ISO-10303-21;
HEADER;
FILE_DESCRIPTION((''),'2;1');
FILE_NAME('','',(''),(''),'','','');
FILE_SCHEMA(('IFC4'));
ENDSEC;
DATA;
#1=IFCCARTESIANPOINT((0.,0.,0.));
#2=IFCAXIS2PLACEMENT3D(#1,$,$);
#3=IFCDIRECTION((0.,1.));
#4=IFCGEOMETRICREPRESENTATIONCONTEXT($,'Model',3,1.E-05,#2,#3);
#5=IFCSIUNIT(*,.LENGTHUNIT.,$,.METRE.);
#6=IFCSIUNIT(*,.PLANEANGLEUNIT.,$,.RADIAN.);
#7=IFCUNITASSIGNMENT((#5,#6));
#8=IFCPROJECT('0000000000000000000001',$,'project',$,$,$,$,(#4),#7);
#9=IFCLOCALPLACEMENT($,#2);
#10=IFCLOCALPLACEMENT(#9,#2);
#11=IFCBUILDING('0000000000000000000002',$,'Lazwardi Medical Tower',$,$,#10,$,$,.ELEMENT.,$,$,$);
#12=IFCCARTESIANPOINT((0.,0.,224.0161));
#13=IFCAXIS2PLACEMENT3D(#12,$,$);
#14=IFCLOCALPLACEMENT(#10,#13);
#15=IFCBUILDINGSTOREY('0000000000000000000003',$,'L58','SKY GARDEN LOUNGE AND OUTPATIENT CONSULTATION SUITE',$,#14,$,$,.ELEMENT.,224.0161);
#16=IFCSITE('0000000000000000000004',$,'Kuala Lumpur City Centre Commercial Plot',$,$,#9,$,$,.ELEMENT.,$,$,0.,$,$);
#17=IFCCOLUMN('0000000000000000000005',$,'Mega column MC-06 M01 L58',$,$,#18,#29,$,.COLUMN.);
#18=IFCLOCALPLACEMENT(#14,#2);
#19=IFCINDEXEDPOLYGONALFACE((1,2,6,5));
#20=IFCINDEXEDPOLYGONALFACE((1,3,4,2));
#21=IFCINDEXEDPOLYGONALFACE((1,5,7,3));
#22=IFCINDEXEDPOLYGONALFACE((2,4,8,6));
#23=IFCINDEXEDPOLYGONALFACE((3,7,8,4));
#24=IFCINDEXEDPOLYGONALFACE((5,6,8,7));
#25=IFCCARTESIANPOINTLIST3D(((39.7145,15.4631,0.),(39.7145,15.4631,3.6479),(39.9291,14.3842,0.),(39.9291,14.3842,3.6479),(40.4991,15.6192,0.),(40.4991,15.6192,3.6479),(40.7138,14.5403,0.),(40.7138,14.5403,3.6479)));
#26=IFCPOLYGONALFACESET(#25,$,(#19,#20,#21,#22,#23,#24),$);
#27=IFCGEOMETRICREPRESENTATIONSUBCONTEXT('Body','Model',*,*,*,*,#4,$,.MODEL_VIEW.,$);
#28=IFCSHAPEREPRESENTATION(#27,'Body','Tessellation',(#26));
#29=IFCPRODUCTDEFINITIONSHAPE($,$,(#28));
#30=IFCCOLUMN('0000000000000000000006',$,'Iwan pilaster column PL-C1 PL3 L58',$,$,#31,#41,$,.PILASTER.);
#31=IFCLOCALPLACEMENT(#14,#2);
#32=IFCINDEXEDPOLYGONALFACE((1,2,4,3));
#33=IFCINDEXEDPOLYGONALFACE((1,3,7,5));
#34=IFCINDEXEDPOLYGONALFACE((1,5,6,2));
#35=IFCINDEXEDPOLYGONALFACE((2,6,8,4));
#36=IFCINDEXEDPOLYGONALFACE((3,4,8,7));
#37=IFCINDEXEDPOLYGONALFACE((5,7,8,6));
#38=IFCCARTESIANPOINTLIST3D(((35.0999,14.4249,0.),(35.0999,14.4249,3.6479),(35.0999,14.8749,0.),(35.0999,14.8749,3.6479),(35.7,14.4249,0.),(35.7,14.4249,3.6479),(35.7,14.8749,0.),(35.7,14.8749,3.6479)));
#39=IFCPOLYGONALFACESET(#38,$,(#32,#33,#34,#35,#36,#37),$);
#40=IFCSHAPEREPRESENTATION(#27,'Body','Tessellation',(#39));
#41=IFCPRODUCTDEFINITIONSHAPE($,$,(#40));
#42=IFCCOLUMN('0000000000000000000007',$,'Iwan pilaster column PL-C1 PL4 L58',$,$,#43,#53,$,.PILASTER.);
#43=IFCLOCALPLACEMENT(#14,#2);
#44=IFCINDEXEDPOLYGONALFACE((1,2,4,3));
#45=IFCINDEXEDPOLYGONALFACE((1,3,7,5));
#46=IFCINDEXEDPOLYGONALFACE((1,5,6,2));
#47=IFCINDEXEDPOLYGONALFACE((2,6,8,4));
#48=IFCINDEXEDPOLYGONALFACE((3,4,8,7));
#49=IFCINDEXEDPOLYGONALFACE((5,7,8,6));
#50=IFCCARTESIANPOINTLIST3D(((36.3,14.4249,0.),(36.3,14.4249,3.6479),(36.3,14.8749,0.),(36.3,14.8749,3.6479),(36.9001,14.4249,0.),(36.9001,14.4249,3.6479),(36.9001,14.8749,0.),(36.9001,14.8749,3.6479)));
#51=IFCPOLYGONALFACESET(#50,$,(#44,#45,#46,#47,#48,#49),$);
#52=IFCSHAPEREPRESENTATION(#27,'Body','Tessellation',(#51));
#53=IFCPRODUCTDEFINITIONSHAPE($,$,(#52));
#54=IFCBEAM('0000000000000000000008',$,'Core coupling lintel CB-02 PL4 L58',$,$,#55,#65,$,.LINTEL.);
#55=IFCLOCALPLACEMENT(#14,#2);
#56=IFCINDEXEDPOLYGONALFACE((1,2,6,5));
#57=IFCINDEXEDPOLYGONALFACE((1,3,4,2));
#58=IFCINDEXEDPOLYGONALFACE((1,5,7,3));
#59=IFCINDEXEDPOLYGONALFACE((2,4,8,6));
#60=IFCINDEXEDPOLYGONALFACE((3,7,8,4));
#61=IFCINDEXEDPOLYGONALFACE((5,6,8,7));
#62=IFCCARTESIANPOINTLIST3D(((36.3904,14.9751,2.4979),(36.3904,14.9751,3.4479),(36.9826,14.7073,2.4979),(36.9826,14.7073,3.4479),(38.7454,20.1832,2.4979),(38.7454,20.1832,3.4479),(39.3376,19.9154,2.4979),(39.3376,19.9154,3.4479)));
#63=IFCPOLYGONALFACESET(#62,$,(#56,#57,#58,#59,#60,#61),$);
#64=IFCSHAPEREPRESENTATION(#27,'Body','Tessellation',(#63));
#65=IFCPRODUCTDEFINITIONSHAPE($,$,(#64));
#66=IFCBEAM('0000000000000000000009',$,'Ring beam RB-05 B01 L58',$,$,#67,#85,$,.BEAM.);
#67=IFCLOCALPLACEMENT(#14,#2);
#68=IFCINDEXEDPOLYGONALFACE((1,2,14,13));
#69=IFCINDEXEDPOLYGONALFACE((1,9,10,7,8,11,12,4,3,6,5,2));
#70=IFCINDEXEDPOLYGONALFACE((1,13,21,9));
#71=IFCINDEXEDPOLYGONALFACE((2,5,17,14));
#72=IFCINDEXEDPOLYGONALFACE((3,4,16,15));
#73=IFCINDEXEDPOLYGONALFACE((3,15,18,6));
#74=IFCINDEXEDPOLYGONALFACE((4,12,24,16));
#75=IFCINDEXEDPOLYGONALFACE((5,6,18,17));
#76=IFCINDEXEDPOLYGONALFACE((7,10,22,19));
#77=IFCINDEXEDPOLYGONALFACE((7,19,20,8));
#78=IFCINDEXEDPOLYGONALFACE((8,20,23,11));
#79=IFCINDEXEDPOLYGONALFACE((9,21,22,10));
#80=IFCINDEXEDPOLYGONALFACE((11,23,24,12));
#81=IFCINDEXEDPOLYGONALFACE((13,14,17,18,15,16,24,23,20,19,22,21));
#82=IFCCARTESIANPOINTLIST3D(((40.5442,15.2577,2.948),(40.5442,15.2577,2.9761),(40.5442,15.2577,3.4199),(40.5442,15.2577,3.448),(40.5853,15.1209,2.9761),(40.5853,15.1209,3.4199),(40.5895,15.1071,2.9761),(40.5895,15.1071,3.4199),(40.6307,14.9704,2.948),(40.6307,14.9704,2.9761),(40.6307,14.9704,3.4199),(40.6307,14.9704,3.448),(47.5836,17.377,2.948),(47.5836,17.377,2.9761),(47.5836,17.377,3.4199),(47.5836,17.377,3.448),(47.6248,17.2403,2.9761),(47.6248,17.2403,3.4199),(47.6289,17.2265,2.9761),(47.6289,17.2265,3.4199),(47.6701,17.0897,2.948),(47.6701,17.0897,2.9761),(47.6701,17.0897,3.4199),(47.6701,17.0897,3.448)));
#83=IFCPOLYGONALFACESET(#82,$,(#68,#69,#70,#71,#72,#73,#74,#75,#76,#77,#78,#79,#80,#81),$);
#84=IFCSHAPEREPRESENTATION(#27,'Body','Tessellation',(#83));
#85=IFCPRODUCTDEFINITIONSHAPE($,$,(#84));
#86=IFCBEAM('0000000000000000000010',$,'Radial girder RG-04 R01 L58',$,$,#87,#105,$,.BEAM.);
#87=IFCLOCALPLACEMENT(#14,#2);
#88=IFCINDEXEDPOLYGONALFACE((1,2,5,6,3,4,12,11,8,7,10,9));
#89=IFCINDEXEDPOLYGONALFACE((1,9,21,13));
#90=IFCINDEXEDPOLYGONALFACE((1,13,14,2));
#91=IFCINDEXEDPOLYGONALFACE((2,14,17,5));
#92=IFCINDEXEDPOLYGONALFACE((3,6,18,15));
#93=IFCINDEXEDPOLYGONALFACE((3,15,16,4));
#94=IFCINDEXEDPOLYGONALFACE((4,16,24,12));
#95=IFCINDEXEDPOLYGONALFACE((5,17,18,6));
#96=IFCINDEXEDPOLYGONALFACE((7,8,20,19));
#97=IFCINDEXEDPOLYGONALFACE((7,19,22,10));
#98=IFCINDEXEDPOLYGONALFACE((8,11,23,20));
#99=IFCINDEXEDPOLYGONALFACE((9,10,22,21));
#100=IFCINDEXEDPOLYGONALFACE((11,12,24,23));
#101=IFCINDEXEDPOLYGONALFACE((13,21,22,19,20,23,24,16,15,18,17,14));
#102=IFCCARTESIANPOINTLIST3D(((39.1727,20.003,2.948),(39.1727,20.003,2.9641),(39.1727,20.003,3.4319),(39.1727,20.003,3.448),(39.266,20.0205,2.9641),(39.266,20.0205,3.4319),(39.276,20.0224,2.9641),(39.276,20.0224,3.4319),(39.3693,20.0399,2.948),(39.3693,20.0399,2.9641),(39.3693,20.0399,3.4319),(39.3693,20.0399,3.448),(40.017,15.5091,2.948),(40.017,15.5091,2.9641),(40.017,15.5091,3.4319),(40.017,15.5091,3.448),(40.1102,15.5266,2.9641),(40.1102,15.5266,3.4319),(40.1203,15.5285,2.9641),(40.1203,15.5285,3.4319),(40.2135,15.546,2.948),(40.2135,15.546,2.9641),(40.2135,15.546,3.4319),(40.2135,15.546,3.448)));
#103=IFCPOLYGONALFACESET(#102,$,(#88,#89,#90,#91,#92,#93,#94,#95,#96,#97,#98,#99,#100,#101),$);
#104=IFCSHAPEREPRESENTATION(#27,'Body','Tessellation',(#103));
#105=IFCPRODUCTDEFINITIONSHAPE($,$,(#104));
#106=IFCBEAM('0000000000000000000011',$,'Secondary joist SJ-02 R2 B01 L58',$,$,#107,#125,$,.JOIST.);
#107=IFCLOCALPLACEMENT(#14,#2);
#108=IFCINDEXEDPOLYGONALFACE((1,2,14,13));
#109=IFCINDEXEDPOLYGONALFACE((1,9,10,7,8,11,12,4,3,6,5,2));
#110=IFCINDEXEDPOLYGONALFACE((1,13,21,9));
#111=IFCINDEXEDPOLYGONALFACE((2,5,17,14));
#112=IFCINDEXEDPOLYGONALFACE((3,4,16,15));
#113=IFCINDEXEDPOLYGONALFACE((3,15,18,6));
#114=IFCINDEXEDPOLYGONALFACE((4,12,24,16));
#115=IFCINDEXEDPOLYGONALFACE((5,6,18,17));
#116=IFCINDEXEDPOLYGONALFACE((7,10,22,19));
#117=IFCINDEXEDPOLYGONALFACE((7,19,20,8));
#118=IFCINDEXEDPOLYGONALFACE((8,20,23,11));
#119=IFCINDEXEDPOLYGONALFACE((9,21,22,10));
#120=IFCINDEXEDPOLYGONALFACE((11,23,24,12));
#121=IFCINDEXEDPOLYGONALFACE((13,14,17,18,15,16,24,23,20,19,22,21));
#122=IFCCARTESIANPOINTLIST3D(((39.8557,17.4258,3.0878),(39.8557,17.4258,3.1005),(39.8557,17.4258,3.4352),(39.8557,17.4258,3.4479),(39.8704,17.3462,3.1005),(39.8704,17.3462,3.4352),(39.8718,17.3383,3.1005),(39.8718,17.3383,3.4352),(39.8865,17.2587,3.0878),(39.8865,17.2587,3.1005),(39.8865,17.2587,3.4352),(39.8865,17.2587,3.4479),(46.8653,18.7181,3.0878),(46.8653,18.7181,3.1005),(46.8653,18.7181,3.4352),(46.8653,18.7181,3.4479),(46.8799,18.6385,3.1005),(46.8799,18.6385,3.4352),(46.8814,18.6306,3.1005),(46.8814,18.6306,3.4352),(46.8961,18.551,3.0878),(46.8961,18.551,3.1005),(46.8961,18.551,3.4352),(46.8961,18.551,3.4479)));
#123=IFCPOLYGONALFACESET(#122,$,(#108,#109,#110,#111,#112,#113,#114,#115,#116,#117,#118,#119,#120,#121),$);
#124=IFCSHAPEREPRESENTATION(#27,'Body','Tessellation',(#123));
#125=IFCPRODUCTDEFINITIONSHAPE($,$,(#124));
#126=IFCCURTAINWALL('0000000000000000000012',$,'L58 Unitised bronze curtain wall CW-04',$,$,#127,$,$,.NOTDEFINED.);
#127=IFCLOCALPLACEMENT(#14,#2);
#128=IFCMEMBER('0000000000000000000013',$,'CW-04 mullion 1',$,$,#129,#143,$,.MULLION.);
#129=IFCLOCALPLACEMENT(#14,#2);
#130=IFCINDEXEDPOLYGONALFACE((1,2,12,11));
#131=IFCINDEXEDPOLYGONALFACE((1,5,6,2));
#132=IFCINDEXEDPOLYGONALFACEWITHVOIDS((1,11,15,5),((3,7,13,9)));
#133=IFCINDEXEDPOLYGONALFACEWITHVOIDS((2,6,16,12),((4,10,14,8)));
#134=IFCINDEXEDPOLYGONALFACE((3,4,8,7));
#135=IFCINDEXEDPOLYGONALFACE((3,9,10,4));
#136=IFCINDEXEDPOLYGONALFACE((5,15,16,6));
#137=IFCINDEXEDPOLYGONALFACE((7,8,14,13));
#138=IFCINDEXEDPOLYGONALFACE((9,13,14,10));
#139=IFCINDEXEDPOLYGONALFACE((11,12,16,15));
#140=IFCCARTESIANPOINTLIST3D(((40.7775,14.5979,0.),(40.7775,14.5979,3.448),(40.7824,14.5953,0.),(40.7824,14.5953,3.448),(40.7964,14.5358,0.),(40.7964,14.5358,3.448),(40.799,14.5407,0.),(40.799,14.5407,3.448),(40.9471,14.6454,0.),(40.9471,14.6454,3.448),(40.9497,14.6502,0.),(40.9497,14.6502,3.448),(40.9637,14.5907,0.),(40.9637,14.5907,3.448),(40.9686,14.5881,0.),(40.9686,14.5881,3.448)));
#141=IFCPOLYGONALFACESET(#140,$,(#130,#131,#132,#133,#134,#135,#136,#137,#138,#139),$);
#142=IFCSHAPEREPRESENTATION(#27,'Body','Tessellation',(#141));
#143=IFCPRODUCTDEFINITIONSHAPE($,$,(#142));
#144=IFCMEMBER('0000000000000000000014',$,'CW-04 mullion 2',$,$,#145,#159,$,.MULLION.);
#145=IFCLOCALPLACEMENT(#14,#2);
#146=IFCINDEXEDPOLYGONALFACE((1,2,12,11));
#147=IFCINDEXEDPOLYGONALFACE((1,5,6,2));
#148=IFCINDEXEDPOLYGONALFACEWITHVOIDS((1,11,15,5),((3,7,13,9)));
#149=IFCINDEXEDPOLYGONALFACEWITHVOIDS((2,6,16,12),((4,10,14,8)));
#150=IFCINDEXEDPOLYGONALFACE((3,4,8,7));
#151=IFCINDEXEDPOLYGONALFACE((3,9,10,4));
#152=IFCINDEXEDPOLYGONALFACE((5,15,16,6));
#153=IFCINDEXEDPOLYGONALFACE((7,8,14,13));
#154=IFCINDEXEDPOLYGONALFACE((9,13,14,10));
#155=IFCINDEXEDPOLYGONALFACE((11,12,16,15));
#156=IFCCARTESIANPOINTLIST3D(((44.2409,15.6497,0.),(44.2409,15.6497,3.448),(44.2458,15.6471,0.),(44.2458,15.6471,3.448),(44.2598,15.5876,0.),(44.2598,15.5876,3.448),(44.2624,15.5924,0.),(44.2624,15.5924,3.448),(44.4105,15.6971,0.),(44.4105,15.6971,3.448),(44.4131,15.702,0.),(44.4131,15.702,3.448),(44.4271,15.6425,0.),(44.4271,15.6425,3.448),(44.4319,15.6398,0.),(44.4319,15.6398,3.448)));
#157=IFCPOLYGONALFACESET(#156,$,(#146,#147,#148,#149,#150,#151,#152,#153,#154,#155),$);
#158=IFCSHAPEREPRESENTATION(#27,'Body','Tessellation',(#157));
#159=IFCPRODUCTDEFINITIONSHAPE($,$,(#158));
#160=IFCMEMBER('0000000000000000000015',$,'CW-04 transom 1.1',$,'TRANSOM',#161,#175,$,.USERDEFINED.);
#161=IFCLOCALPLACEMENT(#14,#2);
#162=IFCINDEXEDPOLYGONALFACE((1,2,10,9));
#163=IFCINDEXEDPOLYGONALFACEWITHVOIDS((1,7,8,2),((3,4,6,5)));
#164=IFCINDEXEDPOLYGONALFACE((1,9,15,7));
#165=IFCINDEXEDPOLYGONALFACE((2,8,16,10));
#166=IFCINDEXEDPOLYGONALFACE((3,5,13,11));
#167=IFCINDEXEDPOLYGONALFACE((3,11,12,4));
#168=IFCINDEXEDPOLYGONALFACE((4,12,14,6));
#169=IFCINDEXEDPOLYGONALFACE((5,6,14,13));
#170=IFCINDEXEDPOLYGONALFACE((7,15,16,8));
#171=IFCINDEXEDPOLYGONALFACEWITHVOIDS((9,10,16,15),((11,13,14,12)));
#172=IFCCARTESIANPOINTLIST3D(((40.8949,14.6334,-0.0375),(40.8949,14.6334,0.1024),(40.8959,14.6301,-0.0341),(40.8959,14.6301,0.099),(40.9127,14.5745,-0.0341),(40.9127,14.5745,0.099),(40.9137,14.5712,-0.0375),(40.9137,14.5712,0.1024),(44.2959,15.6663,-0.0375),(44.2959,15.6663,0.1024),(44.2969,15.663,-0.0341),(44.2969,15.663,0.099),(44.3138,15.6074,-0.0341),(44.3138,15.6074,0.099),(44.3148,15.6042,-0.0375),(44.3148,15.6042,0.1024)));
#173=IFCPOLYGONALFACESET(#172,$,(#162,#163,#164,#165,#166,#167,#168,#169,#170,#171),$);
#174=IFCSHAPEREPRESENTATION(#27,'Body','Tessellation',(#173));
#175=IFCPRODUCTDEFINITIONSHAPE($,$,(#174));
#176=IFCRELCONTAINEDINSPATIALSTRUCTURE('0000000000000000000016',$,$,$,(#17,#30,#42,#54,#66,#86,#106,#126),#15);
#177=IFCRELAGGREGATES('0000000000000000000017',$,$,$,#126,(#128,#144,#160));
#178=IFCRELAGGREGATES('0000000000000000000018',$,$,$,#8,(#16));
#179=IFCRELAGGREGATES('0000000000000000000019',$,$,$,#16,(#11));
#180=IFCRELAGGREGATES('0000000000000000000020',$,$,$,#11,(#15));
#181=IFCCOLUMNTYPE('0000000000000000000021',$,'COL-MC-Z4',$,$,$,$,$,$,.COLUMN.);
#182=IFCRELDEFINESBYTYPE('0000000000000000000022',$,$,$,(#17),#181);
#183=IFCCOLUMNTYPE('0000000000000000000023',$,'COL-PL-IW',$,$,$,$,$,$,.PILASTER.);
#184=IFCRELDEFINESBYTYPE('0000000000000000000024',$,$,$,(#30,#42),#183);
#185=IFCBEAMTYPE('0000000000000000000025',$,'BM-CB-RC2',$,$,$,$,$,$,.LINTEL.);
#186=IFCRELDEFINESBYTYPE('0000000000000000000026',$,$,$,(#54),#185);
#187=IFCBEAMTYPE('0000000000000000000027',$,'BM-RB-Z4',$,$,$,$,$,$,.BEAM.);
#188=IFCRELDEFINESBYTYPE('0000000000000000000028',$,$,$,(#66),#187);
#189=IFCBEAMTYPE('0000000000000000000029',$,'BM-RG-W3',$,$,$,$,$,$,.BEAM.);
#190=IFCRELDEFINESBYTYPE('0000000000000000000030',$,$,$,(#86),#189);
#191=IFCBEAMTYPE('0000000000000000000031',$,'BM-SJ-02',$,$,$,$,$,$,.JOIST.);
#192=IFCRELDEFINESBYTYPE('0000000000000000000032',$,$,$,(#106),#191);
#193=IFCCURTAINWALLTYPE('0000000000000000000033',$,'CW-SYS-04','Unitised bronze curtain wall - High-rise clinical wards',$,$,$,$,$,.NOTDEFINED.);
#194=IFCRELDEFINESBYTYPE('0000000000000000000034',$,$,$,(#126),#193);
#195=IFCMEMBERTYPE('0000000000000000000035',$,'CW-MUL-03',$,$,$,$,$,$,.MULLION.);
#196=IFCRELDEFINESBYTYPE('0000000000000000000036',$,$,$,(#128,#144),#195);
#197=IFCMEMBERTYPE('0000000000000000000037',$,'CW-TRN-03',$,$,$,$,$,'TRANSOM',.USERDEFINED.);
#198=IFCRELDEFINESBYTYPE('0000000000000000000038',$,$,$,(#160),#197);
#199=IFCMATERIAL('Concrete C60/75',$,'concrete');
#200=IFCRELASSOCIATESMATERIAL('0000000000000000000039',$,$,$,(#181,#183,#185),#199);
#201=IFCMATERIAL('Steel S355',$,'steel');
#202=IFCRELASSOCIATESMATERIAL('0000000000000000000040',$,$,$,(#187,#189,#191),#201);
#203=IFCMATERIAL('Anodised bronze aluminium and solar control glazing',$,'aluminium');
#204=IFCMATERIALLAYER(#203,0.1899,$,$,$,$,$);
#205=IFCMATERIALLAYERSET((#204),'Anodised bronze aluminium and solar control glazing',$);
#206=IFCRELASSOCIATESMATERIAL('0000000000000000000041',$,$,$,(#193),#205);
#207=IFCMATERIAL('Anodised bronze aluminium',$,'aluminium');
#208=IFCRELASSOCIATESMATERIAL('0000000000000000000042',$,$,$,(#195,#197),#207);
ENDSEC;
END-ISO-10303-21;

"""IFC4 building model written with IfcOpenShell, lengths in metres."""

from ifc_helpers import new_model, si_unit, direction, frame, origin, origin_2d, place, context, subcontext, project, spatial, rectangle, hollow_rectangle, i_section, extrude, material, layer, layer_set, material_profile, profile_set, type_object, element, aggregate, save


model = new_model("IFC4")

# Units and contexts
model_context = context("Model", 3, precision=1e-05, world=origin(), true_north=direction((0.0, 1.0)))
body_context = subcontext(model_context, "Body", "Model", "MODEL_VIEW")
ifc_project = project(units=[si_unit("LENGTHUNIT", "METRE"), si_unit("PLANEANGLEUNIT", "RADIAN")], contexts=[model_context])

# Site, building, storey
site_placement = place(None, origin())
site = spatial("IfcSite", under=ifc_project, at=site_placement, Name="Kuala Lumpur City Centre Commercial Plot", CompositionType="ELEMENT", RefElevation=0.0)
building_placement = place(site_placement, origin())
building = spatial("IfcBuilding", under=site, at=building_placement, Name="Lazwardi Medical Tower", CompositionType="ELEMENT")
storey_placement = place(building_placement, frame((0.0, 0.0, 224.0161)))
storey = spatial("IfcBuildingStorey", under=building, at=storey_placement, Name="L58", Description="SKY GARDEN LOUNGE AND OUTPATIENT CONSULTATION SUITE", CompositionType="ELEMENT", Elevation=224.0161)

# Columns
ifc_material_1 = material(Name="Concrete C60/75", Category="concrete")
ifc_material_profile_1 = material_profile(ifc_material_1, rectangle(XDim=1.1001, YDim=0.8, at=origin_2d()), Name="CFT-RECT 1100x800")
ifc_profile_set_1 = profile_set([ifc_material_profile_1], Name="Concrete C60/75")
column_type_1 = type_object("IfcColumnType", Name="COL-MC-Z4", PredefinedType="COLUMN", material=ifc_profile_set_1)
column_placement = place(storey_placement, frame((40.2141, 15.0017, 0.0), z_axis=(0.0, 0.0, 1.0), x_axis=(0.19509, -0.980785, 0.0)))
element("IfcColumn", 1, at=column_placement, inside=storey, type_object=column_type_1, Name="Mega column MC-06 M01 L58", PredefinedType="COLUMN", context=body_context, shape_type="SweptSolid", body=[
    extrude(rectangle(XDim=1.1001, YDim=0.8, at=origin_2d()), origin(), (0.0, 0.0, 1.0), 3.6479),
])
ifc_material_profile_2 = material_profile(ifc_material_1, rectangle(XDim=0.6001, YDim=0.45, at=origin_2d()), Name="RC 600x450")
ifc_profile_set_2 = profile_set([ifc_material_profile_2], Name="Concrete C60/75")
column_type_2 = type_object("IfcColumnType", Name="COL-PL-IW", PredefinedType="PILASTER", material=ifc_profile_set_2)
for number, where, z_axis, x_axis, name in (
    (2, (35.3999, 14.6499, 0.0), (0.0, 0.0, 1.0), (1.0, 0.0, 0.0), "Iwan pilaster column PL-C1 PL3 L58"),
    (3, (36.6001, 14.6499, 0.0), (0.0, 0.0, 1.0), (1.0, 0.0, 0.0), "Iwan pilaster column PL-C1 PL4 L58"),
):
    element("IfcColumn", number, at=place(storey_placement, frame(where, z_axis=z_axis, x_axis=x_axis)), inside=storey, type_object=column_type_2, Name=name, PredefinedType="PILASTER", context=body_context, shape_type="SweptSolid", body=[
        extrude(rectangle(XDim=0.6001, YDim=0.45, at=origin_2d()), origin(), (0.0, 0.0, 1.0), 3.6479),
    ])

# Beams
ifc_material_profile_3 = material_profile(ifc_material_1, rectangle(XDim=0.6499, YDim=0.95, at=origin_2d()), Name="RC 650x950")
ifc_profile_set_3 = profile_set([ifc_material_profile_3], Name="Concrete C60/75")
beam_type_1 = type_object("IfcBeamType", Name="BM-CB-RC2", PredefinedType="LINTEL", material=ifc_profile_set_3)
beam_1_placement = place(storey_placement, frame((39.0415, 20.0493, 2.9729), z_axis=(-0.412019, -0.911175, 0.0), x_axis=(0.911175, -0.412019, 0.0)))
element("IfcBeam", 4, at=beam_1_placement, inside=storey, type_object=beam_type_1, Name="Core coupling lintel CB-02 PL4 L58", PredefinedType="LINTEL", context=body_context, shape_type="SweptSolid", body=[
    extrude(rectangle(XDim=0.6499, YDim=0.95, at=origin_2d()), origin(), (0.0, 0.0, 1.0), 5.7158),
])
ifc_material_2 = material(Name="Steel S355", Category="steel")
ifc_material_profile_4 = material_profile(ifc_material_2, i_section(OverallWidth=0.3, OverallDepth=0.5, WebThickness=0.0144, FlangeThickness=0.0281, at=origin_2d()), Name="HEB 500")
ifc_profile_set_4 = profile_set([ifc_material_profile_4], Name="Steel S355")
beam_type_2 = type_object("IfcBeamType", Name="BM-RB-Z4", PredefinedType="BEAM", material=ifc_profile_set_4)
beam_2_placement = place(storey_placement, frame((40.5874, 15.114, 3.198), z_axis=(0.957544, 0.288286, 0.0), x_axis=(-0.288286, 0.957544, 0.0)))
element("IfcBeam", 5, at=beam_2_placement, inside=storey, type_object=beam_type_2, Name="Ring beam RB-05 B01 L58", PredefinedType="BEAM", context=body_context, shape_type="SweptSolid", body=[
    extrude(i_section(OverallWidth=0.3, OverallDepth=0.5, WebThickness=0.0144, FlangeThickness=0.0281, at=origin_2d()), origin(), (0.0, 0.0, 1.0), 7.3516),
])
ifc_material_profile_5 = material_profile(ifc_material_2, i_section(OverallWidth=0.2, OverallDepth=0.5, WebThickness=0.0103, FlangeThickness=0.0161, at=origin_2d()), Name="IPE 500")
ifc_profile_set_5 = profile_set([ifc_material_profile_5], Name="Steel S355")
beam_type_3 = type_object("IfcBeamType", Name="BM-RG-W3", PredefinedType="BEAM", material=ifc_profile_set_5)
beam_3_placement = place(storey_placement, frame((40.1152, 15.5276, 3.198), z_axis=(-0.184633, 0.982807, 0.0), x_axis=(-0.982807, -0.184633, 0.0)))
element("IfcBeam", 6, at=beam_3_placement, inside=storey, type_object=beam_type_3, Name="Radial girder RG-04 R01 L58", PredefinedType="BEAM", context=body_context, shape_type="SweptSolid", body=[
    extrude(i_section(OverallWidth=0.2, OverallDepth=0.5, WebThickness=0.0103, FlangeThickness=0.0161, at=origin_2d()), origin(), (0.0, 0.0, 1.0), 4.5725),
])
ifc_material_profile_6 = material_profile(ifc_material_2, i_section(OverallWidth=0.1699, OverallDepth=0.3601, WebThickness=0.0081, FlangeThickness=0.0127, at=origin_2d()), Name="IPE 360")
ifc_profile_set_6 = profile_set([ifc_material_profile_6], Name="Steel S355")
beam_type_4 = type_object("IfcBeamType", Name="BM-SJ-02", PredefinedType="JOIST", material=ifc_profile_set_6)
beam_4_placement = place(storey_placement, frame((39.8711, 17.3423, 3.2678), z_axis=(0.983428, 0.181299, 0.0), x_axis=(-0.181299, 0.983428, 0.0)))
element("IfcBeam", 7, at=beam_4_placement, inside=storey, type_object=beam_type_4, Name="Secondary joist SJ-02 R2 B01 L58", PredefinedType="JOIST", context=body_context, shape_type="SweptSolid", body=[
    extrude(i_section(OverallWidth=0.1699, OverallDepth=0.3601, WebThickness=0.0081, FlangeThickness=0.0127, at=origin_2d()), origin(), (0.0, 0.0, 1.0), 7.1277),
])

# Curtain wall, members
ifc_material_3 = material(Name="Anodised bronze aluminium and solar control glazing", Category="aluminium")
ifc_layer_1 = layer(ifc_material_3, 0.1899)
ifc_layer_set_1 = layer_set([ifc_layer_1], Name="Anodised bronze aluminium and solar control glazing")
curtain_wall_type = type_object("IfcCurtainWallType", Name="CW-SYS-04", Description="Unitised bronze curtain wall - High-rise clinical wards", PredefinedType="NOTDEFINED", material=ifc_layer_set_1)
curtain_wall_placement = place(storey_placement, origin())
curtain_wall = element("IfcCurtainWall", 8, at=curtain_wall_placement, inside=storey, type_object=curtain_wall_type, Name="L58 Unitised bronze curtain wall CW-04", PredefinedType="NOTDEFINED")
ifc_material_4 = material(Name="Anodised bronze aluminium", Category="aluminium")
ifc_material_profile_7 = material_profile(ifc_material_4, hollow_rectangle(XDim=0.0649, YDim=0.1799, WallThickness=0.0039, at=origin_2d()), Name="ALU-MULLION 180x65x4")
ifc_profile_set_7 = profile_set([ifc_material_profile_7], Name="Anodised bronze aluminium")
member_type_1 = type_object("IfcMemberType", Name="CW-MUL-03", PredefinedType="MULLION", material=ifc_profile_set_7)
member_1_placement = place(storey_placement, frame((40.873, 14.593, 0.0), z_axis=(0.0, 0.0, 1.0), x_axis=(-0.290582, 0.95685, 0.0)))
member_1 = element("IfcMember", 9, at=member_1_placement, type_object=member_type_1, Name="CW-04 mullion 1", PredefinedType="MULLION", context=body_context, shape_type="SweptSolid", body=[
    extrude(hollow_rectangle(XDim=0.0649, YDim=0.1799, WallThickness=0.0039, at=origin_2d()), origin(), (0.0, 0.0, 1.0), 3.448),
])
member_2_placement = place(storey_placement, frame((44.3364, 15.6448, 0.0), z_axis=(0.0, 0.0, 1.0), x_axis=(-0.290582, 0.95685, 0.0)))
member_2 = element("IfcMember", 10, at=member_2_placement, type_object=member_type_1, Name="CW-04 mullion 2", PredefinedType="MULLION", context=body_context, shape_type="SweptSolid", body=[
    extrude(hollow_rectangle(XDim=0.0649, YDim=0.1799, WallThickness=0.0039, at=origin_2d()), origin(), (0.0, 0.0, 1.0), 3.448),
])
ifc_material_profile_8 = material_profile(ifc_material_4, hollow_rectangle(XDim=0.0649, YDim=0.1399, WallThickness=0.0034, at=origin_2d()), Name="ALU-TRANSOM 140x65x3.5")
ifc_profile_set_8 = profile_set([ifc_material_profile_8], Name="Anodised bronze aluminium")
member_type_2 = type_object("IfcMemberType", Name="CW-TRN-03", ElementType="TRANSOM", PredefinedType="USERDEFINED", material=ifc_profile_set_8)
member_3_placement = place(storey_placement, frame((40.9043, 14.6023, 0.0325), z_axis=(0.956843, 0.290604, 0.0), x_axis=(-0.290604, 0.956843, 0.0)))
member_3 = element("IfcMember", 11, at=member_3_placement, type_object=member_type_2, Name="CW-04 transom 1.1", ObjectType="TRANSOM", PredefinedType="USERDEFINED", context=body_context, shape_type="SweptSolid", body=[
    extrude(hollow_rectangle(XDim=0.0649, YDim=0.1399, WallThickness=0.0034, at=origin_2d()), origin(), (0.0, 0.0, 1.0), 3.5544),
])
aggregate(curtain_wall, [member_1, member_2, member_3])

save(model, "model.ifc")
